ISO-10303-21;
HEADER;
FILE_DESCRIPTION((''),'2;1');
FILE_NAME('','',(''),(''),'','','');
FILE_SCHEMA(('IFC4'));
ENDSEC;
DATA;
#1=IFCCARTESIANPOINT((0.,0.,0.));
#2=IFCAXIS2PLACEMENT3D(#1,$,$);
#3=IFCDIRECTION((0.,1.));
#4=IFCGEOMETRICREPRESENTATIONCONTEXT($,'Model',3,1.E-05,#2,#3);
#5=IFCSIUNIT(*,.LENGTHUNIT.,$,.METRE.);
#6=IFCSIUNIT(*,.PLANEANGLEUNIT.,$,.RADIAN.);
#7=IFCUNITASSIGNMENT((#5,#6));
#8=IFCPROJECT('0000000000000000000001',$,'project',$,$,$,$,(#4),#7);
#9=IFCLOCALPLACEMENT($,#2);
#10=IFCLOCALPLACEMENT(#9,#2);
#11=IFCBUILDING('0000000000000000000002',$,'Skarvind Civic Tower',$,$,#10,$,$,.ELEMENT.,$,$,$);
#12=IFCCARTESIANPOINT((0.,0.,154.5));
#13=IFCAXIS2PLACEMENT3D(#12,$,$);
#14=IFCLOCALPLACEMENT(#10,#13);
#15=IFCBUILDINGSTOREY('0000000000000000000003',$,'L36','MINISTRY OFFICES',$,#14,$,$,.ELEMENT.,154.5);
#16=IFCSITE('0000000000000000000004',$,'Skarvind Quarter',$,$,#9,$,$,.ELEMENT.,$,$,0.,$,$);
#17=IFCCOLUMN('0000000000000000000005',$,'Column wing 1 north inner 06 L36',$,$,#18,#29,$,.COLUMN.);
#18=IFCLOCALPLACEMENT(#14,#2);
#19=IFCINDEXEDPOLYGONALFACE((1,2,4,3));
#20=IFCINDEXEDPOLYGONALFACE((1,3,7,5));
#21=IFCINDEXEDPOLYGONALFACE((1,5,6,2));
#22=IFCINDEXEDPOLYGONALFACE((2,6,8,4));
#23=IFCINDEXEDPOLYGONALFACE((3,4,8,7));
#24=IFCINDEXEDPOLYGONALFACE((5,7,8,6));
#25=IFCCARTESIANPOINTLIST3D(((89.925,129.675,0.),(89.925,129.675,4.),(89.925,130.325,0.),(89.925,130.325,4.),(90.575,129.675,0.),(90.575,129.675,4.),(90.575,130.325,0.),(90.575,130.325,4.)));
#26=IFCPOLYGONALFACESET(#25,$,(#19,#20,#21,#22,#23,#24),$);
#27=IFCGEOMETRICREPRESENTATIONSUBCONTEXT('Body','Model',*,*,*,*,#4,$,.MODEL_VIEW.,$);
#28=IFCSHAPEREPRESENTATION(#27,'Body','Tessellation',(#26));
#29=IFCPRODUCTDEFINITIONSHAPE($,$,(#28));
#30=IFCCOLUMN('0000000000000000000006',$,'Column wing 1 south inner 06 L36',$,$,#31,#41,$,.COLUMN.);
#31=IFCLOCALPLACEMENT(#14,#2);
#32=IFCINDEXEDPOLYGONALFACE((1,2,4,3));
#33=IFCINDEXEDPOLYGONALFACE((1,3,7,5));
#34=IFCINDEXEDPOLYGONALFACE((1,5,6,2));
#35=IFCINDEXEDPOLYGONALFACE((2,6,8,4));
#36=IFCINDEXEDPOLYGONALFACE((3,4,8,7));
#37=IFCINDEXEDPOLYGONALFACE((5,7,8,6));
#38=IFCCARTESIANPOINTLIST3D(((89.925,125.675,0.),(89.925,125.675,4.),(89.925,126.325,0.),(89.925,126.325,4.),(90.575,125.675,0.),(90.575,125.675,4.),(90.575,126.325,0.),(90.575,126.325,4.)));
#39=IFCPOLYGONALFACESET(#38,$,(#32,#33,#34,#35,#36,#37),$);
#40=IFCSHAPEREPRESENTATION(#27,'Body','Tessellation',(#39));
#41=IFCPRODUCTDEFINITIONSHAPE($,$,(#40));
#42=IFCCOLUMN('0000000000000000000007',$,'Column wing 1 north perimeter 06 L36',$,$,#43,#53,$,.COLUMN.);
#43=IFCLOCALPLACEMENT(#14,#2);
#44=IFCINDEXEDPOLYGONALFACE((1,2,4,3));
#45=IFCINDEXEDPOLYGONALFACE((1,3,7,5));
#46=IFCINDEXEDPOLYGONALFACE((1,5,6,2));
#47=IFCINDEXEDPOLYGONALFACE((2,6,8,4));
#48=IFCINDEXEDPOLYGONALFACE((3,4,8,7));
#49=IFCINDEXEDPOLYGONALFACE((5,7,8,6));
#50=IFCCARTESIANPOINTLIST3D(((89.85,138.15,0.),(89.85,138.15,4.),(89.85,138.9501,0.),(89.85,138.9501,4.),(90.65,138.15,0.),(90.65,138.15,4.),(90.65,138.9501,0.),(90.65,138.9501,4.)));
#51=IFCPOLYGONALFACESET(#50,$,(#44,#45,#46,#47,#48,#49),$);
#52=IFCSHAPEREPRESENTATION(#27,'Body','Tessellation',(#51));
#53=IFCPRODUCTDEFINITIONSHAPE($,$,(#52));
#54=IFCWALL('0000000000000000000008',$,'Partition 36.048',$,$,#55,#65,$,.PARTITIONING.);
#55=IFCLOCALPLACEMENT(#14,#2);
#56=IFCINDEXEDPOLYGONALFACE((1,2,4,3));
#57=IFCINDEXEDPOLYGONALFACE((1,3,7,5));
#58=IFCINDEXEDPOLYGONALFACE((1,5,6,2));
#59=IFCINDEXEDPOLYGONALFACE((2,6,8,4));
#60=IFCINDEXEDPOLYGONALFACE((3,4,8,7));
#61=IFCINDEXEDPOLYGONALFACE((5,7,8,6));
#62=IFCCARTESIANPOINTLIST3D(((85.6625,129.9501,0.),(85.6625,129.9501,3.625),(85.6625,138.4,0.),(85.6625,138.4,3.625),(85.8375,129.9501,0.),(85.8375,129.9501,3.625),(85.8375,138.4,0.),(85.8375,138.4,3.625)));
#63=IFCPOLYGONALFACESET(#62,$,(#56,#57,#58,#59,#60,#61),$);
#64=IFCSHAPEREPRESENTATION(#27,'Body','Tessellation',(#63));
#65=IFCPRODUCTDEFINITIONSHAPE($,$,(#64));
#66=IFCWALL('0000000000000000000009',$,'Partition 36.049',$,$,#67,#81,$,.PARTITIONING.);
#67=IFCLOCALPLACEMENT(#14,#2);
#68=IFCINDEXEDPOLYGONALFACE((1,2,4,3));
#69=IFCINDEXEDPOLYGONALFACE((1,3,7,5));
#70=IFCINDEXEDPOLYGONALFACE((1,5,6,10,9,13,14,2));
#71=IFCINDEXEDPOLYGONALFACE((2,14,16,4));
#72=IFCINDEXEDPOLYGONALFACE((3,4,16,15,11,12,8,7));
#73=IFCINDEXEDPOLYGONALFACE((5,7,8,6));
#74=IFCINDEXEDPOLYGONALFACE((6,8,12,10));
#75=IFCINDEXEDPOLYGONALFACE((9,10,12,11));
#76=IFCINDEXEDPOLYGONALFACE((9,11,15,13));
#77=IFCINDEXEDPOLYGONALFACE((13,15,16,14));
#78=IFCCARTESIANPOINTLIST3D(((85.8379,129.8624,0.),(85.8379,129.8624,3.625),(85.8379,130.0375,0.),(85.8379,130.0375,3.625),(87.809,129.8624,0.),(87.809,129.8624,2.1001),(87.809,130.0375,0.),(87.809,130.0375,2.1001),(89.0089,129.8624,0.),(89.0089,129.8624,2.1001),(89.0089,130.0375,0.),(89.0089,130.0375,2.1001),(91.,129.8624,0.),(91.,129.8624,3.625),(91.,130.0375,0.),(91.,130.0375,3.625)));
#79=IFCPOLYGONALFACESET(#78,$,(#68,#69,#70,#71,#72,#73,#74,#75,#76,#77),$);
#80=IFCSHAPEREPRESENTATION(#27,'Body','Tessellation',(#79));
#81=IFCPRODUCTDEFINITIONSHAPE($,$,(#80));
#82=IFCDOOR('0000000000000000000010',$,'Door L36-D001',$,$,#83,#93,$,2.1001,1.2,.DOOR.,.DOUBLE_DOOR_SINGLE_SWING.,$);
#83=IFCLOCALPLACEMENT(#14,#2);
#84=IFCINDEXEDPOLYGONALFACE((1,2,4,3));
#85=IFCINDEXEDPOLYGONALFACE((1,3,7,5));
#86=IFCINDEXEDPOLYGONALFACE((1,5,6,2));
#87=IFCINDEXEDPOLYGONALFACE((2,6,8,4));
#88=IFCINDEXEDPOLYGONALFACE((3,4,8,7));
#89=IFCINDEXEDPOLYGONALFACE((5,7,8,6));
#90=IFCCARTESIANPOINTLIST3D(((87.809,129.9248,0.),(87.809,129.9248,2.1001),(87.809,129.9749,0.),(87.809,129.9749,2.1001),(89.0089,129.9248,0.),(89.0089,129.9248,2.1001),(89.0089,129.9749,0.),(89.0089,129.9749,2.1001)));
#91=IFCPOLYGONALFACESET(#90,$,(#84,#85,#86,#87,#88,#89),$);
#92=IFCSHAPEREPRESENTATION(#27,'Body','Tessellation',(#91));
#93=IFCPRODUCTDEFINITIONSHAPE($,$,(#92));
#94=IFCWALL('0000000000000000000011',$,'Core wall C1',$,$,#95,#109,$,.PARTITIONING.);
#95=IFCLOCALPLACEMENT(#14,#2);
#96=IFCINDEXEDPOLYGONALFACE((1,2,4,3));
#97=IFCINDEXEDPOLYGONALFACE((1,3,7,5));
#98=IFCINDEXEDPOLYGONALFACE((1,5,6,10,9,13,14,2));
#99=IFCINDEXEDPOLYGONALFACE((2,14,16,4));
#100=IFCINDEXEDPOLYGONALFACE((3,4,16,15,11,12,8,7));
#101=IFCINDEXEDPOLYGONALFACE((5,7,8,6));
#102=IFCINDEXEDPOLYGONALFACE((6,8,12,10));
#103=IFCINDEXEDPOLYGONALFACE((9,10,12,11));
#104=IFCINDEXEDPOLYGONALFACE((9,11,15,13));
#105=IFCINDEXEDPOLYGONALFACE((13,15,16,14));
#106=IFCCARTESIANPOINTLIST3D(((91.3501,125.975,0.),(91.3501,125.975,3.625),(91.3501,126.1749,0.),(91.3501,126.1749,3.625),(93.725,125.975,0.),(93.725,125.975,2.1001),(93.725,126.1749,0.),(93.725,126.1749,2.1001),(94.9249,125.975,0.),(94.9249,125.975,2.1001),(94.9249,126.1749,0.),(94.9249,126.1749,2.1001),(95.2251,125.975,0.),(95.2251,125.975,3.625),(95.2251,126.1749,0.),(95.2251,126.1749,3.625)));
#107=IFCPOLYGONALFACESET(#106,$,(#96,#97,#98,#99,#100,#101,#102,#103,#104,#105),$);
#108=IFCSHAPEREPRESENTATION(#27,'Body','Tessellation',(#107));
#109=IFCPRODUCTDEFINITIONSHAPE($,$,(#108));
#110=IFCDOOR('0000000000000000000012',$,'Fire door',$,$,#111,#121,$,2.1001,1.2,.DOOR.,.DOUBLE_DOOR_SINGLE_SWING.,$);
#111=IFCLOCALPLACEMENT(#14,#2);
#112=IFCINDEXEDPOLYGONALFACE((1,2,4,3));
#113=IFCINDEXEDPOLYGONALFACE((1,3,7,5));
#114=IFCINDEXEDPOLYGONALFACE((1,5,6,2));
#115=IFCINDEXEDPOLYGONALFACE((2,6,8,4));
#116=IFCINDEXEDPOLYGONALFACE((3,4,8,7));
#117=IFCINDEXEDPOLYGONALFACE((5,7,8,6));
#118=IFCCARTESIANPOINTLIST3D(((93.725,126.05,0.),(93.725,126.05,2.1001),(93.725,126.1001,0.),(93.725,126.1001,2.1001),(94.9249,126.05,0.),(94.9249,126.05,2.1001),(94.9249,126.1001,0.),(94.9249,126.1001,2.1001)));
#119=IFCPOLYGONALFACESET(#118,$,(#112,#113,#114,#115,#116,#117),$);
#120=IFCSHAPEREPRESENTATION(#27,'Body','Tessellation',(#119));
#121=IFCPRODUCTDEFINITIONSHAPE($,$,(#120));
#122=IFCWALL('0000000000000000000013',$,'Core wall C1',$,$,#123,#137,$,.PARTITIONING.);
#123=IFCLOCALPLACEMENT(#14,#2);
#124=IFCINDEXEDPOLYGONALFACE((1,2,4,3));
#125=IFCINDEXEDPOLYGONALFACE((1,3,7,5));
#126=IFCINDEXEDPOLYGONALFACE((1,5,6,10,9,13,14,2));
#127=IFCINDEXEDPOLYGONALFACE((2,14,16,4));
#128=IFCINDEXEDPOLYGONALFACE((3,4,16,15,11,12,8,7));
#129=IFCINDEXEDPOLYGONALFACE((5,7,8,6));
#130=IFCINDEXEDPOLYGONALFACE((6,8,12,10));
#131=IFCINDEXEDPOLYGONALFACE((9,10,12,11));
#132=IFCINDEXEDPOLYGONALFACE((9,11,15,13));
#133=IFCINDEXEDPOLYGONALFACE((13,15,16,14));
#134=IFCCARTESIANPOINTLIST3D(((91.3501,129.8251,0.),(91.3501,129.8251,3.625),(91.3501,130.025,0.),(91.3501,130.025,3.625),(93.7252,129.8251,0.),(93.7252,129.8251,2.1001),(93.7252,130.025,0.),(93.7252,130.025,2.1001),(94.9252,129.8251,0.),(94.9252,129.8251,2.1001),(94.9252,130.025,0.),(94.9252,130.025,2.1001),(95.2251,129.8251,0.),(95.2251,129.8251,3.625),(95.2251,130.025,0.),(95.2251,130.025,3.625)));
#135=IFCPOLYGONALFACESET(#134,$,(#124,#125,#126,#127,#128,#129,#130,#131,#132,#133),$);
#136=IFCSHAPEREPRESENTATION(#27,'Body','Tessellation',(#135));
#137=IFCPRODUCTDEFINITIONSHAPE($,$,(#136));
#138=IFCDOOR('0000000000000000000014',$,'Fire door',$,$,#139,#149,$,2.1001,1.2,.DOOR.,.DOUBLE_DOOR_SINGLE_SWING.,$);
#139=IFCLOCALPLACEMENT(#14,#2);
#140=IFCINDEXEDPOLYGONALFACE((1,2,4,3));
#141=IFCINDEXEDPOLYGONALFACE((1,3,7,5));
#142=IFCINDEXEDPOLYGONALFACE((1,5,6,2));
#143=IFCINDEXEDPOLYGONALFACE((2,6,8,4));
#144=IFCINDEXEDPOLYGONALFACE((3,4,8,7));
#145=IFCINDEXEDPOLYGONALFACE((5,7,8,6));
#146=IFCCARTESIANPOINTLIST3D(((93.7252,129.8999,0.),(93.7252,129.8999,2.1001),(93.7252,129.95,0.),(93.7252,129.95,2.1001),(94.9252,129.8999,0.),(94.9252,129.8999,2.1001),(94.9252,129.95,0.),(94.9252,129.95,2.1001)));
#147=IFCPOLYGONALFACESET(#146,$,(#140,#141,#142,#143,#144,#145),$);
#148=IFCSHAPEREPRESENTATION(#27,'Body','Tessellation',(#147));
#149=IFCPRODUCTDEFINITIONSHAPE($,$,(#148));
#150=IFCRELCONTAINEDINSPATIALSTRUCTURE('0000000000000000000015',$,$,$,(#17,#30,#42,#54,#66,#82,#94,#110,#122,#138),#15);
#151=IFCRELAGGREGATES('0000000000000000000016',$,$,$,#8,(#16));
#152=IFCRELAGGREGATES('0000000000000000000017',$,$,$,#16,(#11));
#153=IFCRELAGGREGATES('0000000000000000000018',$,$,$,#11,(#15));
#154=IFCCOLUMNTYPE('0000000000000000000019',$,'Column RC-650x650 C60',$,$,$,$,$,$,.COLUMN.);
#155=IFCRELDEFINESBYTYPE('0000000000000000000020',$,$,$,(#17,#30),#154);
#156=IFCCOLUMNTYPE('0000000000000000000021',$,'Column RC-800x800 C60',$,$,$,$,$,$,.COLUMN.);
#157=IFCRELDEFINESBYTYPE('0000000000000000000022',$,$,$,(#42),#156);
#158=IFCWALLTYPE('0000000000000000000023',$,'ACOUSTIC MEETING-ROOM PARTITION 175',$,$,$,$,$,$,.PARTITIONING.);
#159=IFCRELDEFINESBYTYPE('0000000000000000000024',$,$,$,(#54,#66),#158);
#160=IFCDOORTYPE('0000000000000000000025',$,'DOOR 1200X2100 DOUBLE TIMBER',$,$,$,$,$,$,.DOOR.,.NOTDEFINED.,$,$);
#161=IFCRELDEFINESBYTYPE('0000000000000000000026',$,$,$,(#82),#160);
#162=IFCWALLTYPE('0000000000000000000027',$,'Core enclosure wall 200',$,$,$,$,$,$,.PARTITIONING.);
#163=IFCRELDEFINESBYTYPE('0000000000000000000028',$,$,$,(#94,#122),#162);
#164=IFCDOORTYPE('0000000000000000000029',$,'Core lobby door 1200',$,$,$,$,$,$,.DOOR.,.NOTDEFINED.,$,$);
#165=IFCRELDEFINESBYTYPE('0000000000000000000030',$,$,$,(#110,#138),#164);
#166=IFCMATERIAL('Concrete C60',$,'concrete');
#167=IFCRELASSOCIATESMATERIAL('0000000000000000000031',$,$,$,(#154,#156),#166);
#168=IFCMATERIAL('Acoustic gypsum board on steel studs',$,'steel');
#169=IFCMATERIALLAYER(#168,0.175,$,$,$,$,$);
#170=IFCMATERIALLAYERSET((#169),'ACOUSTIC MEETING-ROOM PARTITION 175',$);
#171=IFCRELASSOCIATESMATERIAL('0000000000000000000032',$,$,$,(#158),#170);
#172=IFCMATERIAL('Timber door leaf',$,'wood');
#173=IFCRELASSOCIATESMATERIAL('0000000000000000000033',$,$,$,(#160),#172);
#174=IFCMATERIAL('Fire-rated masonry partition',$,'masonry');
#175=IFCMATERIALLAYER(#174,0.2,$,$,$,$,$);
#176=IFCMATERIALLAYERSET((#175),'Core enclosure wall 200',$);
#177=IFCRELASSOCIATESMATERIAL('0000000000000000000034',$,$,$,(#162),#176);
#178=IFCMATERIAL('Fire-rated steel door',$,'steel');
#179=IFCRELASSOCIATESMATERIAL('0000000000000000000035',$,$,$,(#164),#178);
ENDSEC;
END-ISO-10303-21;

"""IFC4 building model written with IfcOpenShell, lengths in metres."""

from ifc_helpers import new_model, si_unit, direction, frame, frame_2d, origin, origin_2d, place, context, subcontext, project, spatial, rectangle, extrude, material, layer, layer_set, material_profile, profile_set, type_object, element, fill, save


model = new_model("IFC4")

# Units and contexts
model_context = context("Model", 3, precision=1e-05, world=origin(), true_north=direction((0.0, 1.0)))
body_context = subcontext(model_context, "Body", "Model", "MODEL_VIEW")
ifc_project = project(units=[si_unit("LENGTHUNIT", "METRE"), si_unit("PLANEANGLEUNIT", "RADIAN")], contexts=[model_context])

# Site, building, storey
site_placement = place(None, origin())
site = spatial("IfcSite", under=ifc_project, at=site_placement, Name="Skarvind Quarter", CompositionType="ELEMENT", RefElevation=0.0)
building_placement = place(site_placement, origin())
building = spatial("IfcBuilding", under=site, at=building_placement, Name="Skarvind Civic Tower", CompositionType="ELEMENT")
storey_placement = place(building_placement, frame((0.0, 0.0, 154.5)))
storey = spatial("IfcBuildingStorey", under=building, at=storey_placement, Name="L36", Description="MINISTRY OFFICES", CompositionType="ELEMENT", Elevation=154.5)

# Columns
ifc_material_1 = material(Name="Concrete C60", Category="concrete")
ifc_material_profile_1 = material_profile(ifc_material_1, rectangle(XDim=0.6499, YDim=0.6499, at=origin_2d()), Name="RC-650x650")
ifc_profile_set_1 = profile_set([ifc_material_profile_1], Name="Concrete C60")
column_type_1 = type_object("IfcColumnType", Name="Column RC-650x650 C60", PredefinedType="COLUMN", material=ifc_profile_set_1)
for number, where, z_axis, x_axis, name in (
    (1, (90.25, 130.0, 0.0), (0.0, 0.0, 1.0), (1.0, 0.0, 0.0), "Column wing 1 north inner 06 L36"),
    (2, (90.25, 126.0, 0.0), (0.0, 0.0, 1.0), (1.0, 0.0, 0.0), "Column wing 1 south inner 06 L36"),
):
    element("IfcColumn", number, at=place(storey_placement, frame(where, z_axis=z_axis, x_axis=x_axis)), inside=storey, type_object=column_type_1, Name=name, PredefinedType="COLUMN", context=body_context, shape_type="SweptSolid", body=[
        extrude(rectangle(XDim=0.6499, YDim=0.6499, at=origin_2d()), origin(), (0.0, 0.0, 1.0), 4.0),
    ])
ifc_material_profile_2 = material_profile(ifc_material_1, rectangle(XDim=0.8, YDim=0.8, at=origin_2d()), Name="RC-800x800")
ifc_profile_set_2 = profile_set([ifc_material_profile_2], Name="Concrete C60")
column_type_2 = type_object("IfcColumnType", Name="Column RC-800x800 C60", PredefinedType="COLUMN", material=ifc_profile_set_2)
column_placement = place(storey_placement, frame((90.25, 138.55, 0.0), z_axis=(0.0, 0.0, 1.0), x_axis=(1.0, 0.0, 0.0)))
element("IfcColumn", 3, at=column_placement, inside=storey, type_object=column_type_2, Name="Column wing 1 north perimeter 06 L36", PredefinedType="COLUMN", context=body_context, shape_type="SweptSolid", body=[
    extrude(rectangle(XDim=0.8, YDim=0.8, at=origin_2d()), origin(), (0.0, 0.0, 1.0), 4.0),
])

# Wall
ifc_material_2 = material(Name="Acoustic gypsum board on steel studs", Category="steel")
ifc_layer_1 = layer(ifc_material_2, 0.175)
ifc_layer_set_1 = layer_set([ifc_layer_1], Name="ACOUSTIC MEETING-ROOM PARTITION 175")
wall_type_1 = type_object("IfcWallType", Name="ACOUSTIC MEETING-ROOM PARTITION 175", PredefinedType="PARTITIONING", material=ifc_layer_set_1)
wall_1_placement = place(storey_placement, frame((85.75, 129.95, 0.0), z_axis=(0.0, 0.0, 1.0), x_axis=(0.0, 1.0, 0.0)))
element("IfcWall", 4, at=wall_1_placement, inside=storey, type_object=wall_type_1, Name="Partition 36.048", PredefinedType="PARTITIONING", context=body_context, shape_type="SweptSolid", body=[
    extrude(rectangle(XDim=8.45, YDim=0.175, at=frame_2d((4.2251, 0.0))), origin(), (0.0, 0.0, 1.0), 3.625),
])

# Walls, openings, doors
wall_2_placement = place(storey_placement, frame((85.8379, 129.95, 0.0), z_axis=(0.0, 0.0, 1.0), x_axis=(1.0, 0.0, 0.0)))
wall_2 = element("IfcWall", 5, at=wall_2_placement, inside=storey, type_object=wall_type_1, Name="Partition 36.049", PredefinedType="PARTITIONING", context=body_context, shape_type="SweptSolid", body=[
    extrude(rectangle(XDim=5.1621, YDim=0.175, at=frame_2d((2.5811, 0.0))), origin(), (0.0, 0.0, 1.0), 3.625),
])
opening_1_placement = place(wall_2_placement, frame((1.9709, 0.0, 0.0)))
opening_1 = element("IfcOpeningElement", 6, at=opening_1_placement, cuts=wall_2, PredefinedType="OPENING", context=body_context, shape_type="SweptSolid", body=[
    extrude(rectangle(XDim=1.2, YDim=2.1001, at=frame_2d((0.6001, 1.05))), frame((0.0, 0.0974, 0.0), z_axis=(0.0, -1.0, 0.0), x_axis=(1.0, 0.0, 0.0)), (0.0, 0.0, 1.0), 0.1951),
])
ifc_material_3 = material(Name="Timber door leaf", Category="wood")
door_type_1 = type_object("IfcDoorType", Name="DOOR 1200X2100 DOUBLE TIMBER", OperationType="NOTDEFINED", PredefinedType="DOOR", material=ifc_material_3)
door_1_placement = place(opening_1_placement, origin())
door_1 = element("IfcDoor", 7, at=door_1_placement, inside=storey, type_object=door_type_1, Name="Door L36-D001", OperationType="DOUBLE_DOOR_SINGLE_SWING", OverallHeight=2.1001, OverallWidth=1.2, PredefinedType="DOOR", context=body_context, shape_type="SweptSolid", body=[
    extrude(rectangle(XDim=1.2, YDim=2.1001, at=frame_2d((0.6001, 1.05))), frame((0.0, 0.0249, 0.0), z_axis=(0.0, -1.0, 0.0), x_axis=(1.0, 0.0, 0.0)), (0.0, 0.0, 1.0), 0.05),
])
fill(opening_1, door_1)
ifc_material_4 = material(Name="Fire-rated masonry partition", Category="masonry")
ifc_layer_2 = layer(ifc_material_4, 0.2)
ifc_layer_set_2 = layer_set([ifc_layer_2], Name="Core enclosure wall 200")
wall_type_2 = type_object("IfcWallType", Name="Core enclosure wall 200", PredefinedType="PARTITIONING", material=ifc_layer_set_2)
wall_3_placement = place(storey_placement, frame((95.2251, 126.075, 0.0), z_axis=(0.0, 0.0, 1.0), x_axis=(-1.0, 0.0, 0.0)))
wall_3 = element("IfcWall", 8, at=wall_3_placement, inside=storey, type_object=wall_type_2, Name="Core wall C1", PredefinedType="PARTITIONING", context=body_context, shape_type="SweptSolid", body=[
    extrude(rectangle(XDim=3.875, YDim=0.2, at=frame_2d((1.9375, 0.0))), origin(), (0.0, 0.0, 1.0), 3.625),
])
opening_2_placement = place(wall_3_placement, frame((0.3, 0.0, 0.0)))
opening_2 = element("IfcOpeningElement", 9, at=opening_2_placement, cuts=wall_3, PredefinedType="OPENING", context=body_context, shape_type="SweptSolid", body=[
    extrude(rectangle(XDim=1.2, YDim=2.1001, at=frame_2d((0.6001, 1.05))), frame((0.0, 0.1099, 0.0), z_axis=(0.0, -1.0, 0.0), x_axis=(1.0, 0.0, 0.0)), (0.0, 0.0, 1.0), 0.22),
])
ifc_material_5 = material(Name="Fire-rated steel door", Category="steel")
door_type_2 = type_object("IfcDoorType", Name="Core lobby door 1200", OperationType="NOTDEFINED", PredefinedType="DOOR", material=ifc_material_5)
door_2_placement = place(opening_2_placement, origin())
door_2 = element("IfcDoor", 10, at=door_2_placement, inside=storey, type_object=door_type_2, Name="Fire door", OperationType="DOUBLE_DOOR_SINGLE_SWING", OverallHeight=2.1001, OverallWidth=1.2, PredefinedType="DOOR", context=body_context, shape_type="SweptSolid", body=[
    extrude(rectangle(XDim=1.2, YDim=2.1001, at=frame_2d((0.6001, 1.05))), frame((0.0, 0.0249, 0.0), z_axis=(0.0, -1.0, 0.0), x_axis=(1.0, 0.0, 0.0)), (0.0, 0.0, 1.0), 0.05),
])
fill(opening_2, door_2)
wall_4_placement = place(storey_placement, frame((91.3501, 129.925, 0.0), z_axis=(0.0, 0.0, 1.0), x_axis=(1.0, 0.0, 0.0)))
wall_4 = element("IfcWall", 11, at=wall_4_placement, inside=storey, type_object=wall_type_2, Name="Core wall C1", PredefinedType="PARTITIONING", context=body_context, shape_type="SweptSolid", body=[
    extrude(rectangle(XDim=3.875, YDim=0.2, at=frame_2d((1.9375, 0.0))), origin(), (0.0, 0.0, 1.0), 3.625),
])
opening_3_placement = place(wall_4_placement, frame((2.375, 0.0, 0.0)))
opening_3 = element("IfcOpeningElement", 12, at=opening_3_placement, cuts=wall_4, PredefinedType="OPENING", context=body_context, shape_type="SweptSolid", body=[
    extrude(rectangle(XDim=1.2, YDim=2.1001, at=frame_2d((0.6001, 1.05))), frame((0.0, 0.1099, 0.0), z_axis=(0.0, -1.0, 0.0), x_axis=(1.0, 0.0, 0.0)), (0.0, 0.0, 1.0), 0.22),
])
door_3_placement = place(opening_3_placement, origin())
door_3 = element("IfcDoor", 13, at=door_3_placement, inside=storey, type_object=door_type_2, Name="Fire door", OperationType="DOUBLE_DOOR_SINGLE_SWING", OverallHeight=2.1001, OverallWidth=1.2, PredefinedType="DOOR", context=body_context, shape_type="SweptSolid", body=[
    extrude(rectangle(XDim=1.2, YDim=2.1001, at=frame_2d((0.6001, 1.05))), frame((0.0, 0.0249, 0.0), z_axis=(0.0, -1.0, 0.0), x_axis=(1.0, 0.0, 0.0)), (0.0, 0.0, 1.0), 0.05),
])
fill(opening_3, door_3)

save(model, "model.ifc")
